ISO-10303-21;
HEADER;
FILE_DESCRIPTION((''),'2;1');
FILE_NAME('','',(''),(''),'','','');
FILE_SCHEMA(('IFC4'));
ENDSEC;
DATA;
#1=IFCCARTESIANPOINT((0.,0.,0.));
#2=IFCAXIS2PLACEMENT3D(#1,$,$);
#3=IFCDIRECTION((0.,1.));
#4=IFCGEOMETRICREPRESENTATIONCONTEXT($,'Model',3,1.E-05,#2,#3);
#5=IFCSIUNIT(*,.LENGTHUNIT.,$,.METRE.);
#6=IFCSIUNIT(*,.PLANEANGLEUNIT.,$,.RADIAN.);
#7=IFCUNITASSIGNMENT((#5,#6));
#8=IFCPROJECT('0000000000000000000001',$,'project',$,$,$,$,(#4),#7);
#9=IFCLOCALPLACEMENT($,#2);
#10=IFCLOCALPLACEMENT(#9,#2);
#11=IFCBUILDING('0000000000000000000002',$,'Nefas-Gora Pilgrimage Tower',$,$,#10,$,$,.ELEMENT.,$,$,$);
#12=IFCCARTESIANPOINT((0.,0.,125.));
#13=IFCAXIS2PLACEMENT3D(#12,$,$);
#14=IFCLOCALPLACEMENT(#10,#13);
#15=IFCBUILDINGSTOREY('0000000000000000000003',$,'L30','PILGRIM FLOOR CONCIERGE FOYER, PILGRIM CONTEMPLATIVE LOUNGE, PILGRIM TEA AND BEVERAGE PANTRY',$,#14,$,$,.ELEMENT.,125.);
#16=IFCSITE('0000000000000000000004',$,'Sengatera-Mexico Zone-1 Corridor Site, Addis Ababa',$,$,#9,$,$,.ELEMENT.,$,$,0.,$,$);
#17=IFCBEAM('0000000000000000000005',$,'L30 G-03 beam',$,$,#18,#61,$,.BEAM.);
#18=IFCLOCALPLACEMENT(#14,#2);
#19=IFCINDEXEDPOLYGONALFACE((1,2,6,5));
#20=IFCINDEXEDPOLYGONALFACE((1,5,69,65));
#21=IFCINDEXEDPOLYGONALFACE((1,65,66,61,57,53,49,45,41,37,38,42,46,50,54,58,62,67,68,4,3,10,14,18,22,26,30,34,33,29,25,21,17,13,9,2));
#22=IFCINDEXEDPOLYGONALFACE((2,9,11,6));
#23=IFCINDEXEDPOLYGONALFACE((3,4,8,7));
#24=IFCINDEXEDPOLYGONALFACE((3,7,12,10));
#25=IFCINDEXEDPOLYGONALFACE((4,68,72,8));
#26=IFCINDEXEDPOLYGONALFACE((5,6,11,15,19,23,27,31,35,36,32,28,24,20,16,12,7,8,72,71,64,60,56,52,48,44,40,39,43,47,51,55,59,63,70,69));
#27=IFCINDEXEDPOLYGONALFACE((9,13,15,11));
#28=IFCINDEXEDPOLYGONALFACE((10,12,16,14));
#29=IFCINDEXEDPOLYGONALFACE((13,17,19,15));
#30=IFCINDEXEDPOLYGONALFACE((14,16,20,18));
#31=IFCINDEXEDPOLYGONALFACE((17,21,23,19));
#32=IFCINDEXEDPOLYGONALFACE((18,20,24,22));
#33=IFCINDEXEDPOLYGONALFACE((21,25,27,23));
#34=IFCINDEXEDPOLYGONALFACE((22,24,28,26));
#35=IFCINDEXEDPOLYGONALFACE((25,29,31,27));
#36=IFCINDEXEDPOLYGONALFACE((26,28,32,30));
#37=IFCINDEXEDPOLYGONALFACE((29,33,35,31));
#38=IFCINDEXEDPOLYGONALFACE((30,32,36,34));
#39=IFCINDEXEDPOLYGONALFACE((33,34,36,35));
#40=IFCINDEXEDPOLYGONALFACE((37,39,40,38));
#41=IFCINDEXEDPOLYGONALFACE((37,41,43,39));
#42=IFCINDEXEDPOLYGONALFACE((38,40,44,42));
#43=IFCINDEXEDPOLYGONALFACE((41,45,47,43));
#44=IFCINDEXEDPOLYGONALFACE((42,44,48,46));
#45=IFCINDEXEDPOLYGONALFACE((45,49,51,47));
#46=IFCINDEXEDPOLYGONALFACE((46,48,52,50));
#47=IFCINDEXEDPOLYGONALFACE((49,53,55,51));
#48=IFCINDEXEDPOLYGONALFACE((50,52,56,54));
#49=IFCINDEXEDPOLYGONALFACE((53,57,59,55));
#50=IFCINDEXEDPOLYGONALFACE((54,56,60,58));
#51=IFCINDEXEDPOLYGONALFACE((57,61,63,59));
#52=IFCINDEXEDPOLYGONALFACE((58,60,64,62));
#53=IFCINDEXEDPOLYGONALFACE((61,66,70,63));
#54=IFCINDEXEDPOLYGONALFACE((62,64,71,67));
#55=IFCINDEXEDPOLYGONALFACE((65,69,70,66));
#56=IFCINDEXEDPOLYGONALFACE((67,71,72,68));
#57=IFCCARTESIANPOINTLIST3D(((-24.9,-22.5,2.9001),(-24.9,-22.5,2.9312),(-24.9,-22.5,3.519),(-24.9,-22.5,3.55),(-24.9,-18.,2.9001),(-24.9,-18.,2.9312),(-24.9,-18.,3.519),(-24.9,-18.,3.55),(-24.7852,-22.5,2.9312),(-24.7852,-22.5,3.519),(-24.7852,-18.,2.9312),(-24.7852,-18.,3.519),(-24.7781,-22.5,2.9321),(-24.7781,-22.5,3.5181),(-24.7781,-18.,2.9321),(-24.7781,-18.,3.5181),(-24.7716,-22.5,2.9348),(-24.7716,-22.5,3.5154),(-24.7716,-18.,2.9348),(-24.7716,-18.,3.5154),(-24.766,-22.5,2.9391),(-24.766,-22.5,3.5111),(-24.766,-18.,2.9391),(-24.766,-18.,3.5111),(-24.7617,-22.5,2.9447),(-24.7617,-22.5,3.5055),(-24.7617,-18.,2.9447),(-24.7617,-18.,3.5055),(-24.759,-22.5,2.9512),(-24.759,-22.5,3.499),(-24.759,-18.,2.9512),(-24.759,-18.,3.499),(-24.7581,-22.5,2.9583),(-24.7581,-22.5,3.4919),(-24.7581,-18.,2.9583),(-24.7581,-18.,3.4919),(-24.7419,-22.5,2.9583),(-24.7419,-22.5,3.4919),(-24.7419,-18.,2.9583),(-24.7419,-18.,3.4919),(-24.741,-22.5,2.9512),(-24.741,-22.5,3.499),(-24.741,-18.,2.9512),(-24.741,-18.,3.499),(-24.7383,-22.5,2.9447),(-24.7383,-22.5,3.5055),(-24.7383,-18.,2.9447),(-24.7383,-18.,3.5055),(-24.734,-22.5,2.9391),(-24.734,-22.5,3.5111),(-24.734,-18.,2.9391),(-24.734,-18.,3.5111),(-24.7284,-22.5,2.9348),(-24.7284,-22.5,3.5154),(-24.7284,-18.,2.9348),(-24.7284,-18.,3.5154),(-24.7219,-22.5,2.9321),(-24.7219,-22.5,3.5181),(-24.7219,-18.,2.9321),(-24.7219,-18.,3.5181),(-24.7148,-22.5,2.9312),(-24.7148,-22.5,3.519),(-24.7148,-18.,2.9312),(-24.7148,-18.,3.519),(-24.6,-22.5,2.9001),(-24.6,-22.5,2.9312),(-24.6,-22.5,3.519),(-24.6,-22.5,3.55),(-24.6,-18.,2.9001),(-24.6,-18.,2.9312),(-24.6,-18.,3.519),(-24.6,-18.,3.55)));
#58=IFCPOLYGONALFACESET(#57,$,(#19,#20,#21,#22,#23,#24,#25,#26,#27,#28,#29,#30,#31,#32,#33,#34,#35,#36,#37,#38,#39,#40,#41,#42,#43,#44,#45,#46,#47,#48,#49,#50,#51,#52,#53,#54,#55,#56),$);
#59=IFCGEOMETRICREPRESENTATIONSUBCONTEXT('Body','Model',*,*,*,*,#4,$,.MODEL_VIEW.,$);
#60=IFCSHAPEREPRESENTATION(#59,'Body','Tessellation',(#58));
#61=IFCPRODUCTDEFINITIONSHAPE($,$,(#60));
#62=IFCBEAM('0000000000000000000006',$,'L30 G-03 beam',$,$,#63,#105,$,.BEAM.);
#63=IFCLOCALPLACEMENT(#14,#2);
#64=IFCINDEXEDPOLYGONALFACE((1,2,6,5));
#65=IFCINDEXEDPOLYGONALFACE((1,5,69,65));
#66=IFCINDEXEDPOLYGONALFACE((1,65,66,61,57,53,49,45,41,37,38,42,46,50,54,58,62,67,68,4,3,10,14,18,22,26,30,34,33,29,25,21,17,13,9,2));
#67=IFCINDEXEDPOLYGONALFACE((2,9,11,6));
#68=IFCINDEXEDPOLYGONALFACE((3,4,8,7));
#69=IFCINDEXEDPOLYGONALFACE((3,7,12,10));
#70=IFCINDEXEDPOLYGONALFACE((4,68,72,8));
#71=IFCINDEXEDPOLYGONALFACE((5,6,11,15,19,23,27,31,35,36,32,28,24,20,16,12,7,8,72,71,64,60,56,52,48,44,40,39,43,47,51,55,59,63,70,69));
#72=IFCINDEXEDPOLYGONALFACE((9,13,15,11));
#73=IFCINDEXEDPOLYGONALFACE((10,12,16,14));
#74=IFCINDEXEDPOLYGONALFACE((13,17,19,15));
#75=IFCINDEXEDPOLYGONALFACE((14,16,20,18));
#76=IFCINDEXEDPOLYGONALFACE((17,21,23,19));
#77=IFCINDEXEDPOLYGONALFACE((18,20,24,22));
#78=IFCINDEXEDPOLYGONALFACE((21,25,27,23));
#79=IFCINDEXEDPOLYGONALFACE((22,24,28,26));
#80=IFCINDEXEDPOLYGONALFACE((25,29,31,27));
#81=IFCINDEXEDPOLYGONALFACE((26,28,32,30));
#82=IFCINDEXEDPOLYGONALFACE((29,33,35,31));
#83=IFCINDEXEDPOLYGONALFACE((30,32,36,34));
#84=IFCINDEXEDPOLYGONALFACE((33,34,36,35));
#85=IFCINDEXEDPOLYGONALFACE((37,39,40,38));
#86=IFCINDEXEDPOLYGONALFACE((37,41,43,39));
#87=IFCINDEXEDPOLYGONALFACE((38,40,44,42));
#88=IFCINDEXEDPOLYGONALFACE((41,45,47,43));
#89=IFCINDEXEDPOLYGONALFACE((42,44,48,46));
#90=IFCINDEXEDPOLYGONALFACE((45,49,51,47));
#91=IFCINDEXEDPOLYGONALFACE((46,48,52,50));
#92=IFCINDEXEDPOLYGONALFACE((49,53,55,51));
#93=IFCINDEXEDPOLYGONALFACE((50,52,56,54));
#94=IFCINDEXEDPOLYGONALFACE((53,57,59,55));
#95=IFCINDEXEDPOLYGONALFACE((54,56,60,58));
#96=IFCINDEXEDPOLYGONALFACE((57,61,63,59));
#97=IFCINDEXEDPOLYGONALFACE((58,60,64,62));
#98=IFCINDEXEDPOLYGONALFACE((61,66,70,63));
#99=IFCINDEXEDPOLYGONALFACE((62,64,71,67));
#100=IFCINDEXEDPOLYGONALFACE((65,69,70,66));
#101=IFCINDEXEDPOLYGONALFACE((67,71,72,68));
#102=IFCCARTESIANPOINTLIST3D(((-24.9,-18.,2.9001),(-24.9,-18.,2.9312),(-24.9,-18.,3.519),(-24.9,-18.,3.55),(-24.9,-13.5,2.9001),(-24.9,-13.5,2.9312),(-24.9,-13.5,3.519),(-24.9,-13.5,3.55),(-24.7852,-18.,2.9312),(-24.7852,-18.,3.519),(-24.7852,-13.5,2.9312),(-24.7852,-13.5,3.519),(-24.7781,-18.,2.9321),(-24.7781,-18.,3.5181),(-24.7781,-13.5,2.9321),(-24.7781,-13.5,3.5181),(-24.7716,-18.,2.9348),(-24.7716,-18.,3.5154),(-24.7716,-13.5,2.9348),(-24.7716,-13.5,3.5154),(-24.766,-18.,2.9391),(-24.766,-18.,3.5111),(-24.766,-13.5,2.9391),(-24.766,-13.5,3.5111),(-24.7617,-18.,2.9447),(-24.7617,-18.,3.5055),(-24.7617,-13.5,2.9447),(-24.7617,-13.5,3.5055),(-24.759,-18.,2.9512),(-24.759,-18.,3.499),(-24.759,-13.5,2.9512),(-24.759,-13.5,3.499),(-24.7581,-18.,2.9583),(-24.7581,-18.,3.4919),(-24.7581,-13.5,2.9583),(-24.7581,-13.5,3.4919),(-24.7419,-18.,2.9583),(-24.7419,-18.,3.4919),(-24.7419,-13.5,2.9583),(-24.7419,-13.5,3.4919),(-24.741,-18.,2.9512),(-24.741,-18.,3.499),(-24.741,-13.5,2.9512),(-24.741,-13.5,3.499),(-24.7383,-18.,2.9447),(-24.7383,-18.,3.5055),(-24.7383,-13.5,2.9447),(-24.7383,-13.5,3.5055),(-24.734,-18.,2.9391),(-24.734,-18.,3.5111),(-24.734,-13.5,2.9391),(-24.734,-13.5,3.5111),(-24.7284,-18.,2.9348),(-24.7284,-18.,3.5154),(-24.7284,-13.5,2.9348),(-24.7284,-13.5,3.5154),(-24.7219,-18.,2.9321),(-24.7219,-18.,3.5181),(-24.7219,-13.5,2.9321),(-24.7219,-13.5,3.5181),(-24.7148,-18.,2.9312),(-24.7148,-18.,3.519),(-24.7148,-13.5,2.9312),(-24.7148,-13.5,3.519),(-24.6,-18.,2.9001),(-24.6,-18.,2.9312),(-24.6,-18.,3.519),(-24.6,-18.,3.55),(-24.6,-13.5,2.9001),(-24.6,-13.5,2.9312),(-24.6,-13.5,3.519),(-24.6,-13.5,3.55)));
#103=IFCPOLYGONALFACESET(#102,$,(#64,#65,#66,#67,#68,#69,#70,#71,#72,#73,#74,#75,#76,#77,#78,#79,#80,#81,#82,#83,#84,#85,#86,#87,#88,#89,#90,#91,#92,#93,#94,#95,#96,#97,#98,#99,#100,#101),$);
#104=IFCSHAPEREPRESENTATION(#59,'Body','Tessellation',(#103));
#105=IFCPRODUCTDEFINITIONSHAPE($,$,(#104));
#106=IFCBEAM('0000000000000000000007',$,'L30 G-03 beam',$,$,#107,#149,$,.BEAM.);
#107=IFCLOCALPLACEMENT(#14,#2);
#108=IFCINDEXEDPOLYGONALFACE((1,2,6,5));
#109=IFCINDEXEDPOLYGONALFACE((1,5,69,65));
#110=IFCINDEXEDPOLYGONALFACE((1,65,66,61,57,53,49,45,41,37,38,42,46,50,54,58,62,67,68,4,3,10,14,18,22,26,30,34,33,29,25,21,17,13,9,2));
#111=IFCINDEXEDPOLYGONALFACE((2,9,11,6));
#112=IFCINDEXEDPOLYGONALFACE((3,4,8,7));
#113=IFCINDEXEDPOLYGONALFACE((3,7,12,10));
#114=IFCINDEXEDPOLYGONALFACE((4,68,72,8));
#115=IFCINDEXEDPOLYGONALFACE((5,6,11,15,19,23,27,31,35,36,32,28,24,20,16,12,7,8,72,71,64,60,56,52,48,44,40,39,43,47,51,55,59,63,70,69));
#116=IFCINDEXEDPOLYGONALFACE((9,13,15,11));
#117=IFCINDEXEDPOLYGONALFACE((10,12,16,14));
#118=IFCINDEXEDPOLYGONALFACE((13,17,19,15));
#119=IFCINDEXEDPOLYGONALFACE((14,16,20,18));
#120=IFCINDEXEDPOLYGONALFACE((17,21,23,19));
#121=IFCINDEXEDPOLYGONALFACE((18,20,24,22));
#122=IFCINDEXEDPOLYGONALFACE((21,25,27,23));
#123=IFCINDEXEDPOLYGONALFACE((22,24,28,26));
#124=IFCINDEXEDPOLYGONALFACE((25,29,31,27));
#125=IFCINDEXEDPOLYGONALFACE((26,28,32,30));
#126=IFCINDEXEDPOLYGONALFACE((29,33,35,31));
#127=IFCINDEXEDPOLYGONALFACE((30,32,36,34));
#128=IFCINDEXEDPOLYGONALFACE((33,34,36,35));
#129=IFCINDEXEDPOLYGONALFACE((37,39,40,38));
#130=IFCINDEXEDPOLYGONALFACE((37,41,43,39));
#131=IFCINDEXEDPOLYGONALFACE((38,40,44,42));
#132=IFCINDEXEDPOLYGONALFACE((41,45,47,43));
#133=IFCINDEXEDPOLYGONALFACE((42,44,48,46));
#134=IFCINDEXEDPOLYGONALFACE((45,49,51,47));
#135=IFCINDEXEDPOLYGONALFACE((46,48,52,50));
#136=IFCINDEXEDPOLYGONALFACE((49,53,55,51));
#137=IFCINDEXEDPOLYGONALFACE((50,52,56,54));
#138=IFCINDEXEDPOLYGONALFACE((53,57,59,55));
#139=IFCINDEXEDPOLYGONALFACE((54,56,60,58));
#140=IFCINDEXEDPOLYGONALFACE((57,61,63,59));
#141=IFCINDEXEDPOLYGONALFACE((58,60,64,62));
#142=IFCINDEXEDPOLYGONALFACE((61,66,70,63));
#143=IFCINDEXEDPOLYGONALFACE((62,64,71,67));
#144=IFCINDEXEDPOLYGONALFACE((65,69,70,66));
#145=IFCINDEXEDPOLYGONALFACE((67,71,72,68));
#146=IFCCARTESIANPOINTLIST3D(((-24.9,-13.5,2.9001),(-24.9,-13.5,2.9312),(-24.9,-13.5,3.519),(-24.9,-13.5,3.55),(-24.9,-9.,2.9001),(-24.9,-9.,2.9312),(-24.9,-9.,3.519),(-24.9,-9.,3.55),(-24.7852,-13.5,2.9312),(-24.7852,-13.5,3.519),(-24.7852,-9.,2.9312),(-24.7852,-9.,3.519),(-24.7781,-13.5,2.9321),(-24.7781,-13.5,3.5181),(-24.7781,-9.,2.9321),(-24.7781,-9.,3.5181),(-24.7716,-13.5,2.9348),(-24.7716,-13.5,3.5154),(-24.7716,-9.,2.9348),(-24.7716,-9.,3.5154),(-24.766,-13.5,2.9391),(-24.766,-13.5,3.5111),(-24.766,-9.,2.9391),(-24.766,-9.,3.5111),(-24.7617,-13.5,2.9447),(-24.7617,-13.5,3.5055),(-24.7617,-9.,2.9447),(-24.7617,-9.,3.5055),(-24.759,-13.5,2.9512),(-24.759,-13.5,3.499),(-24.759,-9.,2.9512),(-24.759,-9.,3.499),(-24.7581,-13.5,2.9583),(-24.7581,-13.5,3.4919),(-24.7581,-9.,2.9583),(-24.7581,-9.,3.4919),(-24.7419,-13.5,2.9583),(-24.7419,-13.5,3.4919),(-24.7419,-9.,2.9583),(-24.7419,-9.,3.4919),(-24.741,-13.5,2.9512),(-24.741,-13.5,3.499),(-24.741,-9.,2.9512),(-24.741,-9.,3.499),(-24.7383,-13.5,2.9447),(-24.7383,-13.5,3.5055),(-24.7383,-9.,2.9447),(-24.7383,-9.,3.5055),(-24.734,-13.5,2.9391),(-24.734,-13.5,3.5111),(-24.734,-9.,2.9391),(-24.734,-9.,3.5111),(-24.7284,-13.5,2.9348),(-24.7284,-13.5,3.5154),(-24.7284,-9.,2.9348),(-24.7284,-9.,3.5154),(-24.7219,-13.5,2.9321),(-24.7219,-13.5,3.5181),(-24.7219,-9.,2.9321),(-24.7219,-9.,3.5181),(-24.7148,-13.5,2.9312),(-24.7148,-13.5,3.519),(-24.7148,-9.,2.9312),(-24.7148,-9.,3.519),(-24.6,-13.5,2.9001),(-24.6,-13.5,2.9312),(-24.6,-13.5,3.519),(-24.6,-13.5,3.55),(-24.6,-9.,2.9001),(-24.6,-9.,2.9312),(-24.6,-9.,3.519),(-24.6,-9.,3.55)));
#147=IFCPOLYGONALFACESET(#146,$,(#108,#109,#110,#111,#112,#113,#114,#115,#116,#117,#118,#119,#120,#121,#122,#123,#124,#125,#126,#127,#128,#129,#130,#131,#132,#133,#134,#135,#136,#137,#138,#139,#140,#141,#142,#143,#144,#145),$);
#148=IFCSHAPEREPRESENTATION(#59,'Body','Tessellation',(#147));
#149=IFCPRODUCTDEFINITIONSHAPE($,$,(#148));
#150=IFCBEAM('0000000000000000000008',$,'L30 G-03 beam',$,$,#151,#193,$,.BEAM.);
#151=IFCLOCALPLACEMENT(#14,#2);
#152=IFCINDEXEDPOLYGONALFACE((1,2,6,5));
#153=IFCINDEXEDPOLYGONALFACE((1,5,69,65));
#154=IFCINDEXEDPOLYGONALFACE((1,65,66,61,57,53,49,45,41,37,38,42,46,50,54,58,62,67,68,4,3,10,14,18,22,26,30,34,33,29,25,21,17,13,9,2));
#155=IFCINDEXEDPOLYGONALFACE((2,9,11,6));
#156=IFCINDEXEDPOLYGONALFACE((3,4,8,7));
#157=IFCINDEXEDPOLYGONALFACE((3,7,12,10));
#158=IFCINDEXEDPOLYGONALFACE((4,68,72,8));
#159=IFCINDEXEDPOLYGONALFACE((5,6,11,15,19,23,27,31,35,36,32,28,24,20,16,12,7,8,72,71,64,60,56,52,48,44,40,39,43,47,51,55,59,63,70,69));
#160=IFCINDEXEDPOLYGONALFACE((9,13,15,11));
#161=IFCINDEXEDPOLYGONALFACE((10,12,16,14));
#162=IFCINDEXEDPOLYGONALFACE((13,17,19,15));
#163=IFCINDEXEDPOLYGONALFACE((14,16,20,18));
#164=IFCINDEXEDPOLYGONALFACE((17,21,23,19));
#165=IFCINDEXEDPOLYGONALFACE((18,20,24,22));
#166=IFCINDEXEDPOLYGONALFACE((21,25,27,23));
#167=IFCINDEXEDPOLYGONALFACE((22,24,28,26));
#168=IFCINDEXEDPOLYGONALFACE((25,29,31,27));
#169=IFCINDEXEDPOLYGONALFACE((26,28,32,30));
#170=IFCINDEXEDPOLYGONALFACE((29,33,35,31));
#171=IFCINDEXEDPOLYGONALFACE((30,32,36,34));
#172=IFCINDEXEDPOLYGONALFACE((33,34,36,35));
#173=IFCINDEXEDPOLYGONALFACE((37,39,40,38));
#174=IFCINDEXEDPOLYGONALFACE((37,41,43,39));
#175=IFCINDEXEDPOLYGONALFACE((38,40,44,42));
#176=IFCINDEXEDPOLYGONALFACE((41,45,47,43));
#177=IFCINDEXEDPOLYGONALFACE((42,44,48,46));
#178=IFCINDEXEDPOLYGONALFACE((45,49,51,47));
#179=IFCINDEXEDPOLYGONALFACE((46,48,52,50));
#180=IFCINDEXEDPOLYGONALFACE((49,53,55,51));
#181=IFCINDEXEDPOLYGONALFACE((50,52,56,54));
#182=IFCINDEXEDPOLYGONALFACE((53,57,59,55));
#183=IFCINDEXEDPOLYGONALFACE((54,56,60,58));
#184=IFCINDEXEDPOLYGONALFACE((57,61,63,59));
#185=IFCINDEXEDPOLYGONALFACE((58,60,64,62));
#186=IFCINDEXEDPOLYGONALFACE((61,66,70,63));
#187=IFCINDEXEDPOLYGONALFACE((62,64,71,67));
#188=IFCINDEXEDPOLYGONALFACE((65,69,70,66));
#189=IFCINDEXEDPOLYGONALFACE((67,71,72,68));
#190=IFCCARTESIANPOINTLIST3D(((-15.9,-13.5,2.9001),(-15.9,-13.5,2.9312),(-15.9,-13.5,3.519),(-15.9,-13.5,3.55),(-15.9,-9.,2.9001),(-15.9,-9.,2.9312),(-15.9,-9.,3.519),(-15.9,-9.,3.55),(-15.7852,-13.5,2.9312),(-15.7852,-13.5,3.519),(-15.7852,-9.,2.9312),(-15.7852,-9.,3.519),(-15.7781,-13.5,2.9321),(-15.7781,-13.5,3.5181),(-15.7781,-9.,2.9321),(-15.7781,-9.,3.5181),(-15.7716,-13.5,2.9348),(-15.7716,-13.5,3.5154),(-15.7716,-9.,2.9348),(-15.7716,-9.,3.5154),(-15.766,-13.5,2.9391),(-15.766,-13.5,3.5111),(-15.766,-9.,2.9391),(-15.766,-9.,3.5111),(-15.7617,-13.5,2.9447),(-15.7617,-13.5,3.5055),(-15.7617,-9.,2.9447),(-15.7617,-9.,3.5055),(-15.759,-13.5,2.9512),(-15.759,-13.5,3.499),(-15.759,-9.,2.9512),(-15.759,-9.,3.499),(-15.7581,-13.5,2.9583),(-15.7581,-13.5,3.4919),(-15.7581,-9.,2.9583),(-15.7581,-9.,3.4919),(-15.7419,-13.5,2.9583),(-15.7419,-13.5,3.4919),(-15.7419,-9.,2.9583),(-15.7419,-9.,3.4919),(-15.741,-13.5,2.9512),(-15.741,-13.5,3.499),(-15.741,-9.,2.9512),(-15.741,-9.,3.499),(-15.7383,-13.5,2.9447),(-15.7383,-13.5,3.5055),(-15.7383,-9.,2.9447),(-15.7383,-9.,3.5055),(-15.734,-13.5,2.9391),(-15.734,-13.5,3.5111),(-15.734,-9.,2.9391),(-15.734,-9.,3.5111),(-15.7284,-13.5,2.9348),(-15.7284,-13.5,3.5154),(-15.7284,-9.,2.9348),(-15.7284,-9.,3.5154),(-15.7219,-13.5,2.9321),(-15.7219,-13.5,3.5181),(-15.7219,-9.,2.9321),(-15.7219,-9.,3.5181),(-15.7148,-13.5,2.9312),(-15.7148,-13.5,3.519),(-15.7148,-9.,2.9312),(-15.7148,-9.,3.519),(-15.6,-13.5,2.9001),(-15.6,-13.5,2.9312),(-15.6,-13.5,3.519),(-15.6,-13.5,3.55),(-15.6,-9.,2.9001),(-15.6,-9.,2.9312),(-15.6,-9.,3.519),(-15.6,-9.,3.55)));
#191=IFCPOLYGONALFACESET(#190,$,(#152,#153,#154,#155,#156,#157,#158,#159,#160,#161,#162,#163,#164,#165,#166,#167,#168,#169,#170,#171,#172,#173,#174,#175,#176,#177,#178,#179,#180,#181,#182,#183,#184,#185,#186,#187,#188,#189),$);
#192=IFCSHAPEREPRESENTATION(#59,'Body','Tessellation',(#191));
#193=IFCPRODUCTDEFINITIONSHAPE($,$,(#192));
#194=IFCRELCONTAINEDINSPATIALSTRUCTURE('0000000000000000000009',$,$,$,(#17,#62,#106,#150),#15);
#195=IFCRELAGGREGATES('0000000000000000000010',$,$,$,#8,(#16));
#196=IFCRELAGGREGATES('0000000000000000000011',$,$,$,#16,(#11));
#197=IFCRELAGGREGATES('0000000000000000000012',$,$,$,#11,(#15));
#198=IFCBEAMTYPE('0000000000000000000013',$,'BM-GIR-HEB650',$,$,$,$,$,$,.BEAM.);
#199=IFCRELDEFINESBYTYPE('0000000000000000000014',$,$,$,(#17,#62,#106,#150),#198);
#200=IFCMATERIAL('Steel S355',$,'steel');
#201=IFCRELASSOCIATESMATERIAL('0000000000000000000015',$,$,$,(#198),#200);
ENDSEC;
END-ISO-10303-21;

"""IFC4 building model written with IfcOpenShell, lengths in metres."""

from ifc_helpers import new_model, si_unit, direction, frame, origin, origin_2d, place, context, subcontext, project, spatial, i_section, extrude, source, transform, mapped, material, material_profile, profile_set, type_object, element, save


model = new_model("IFC4")

# Units and contexts
model_context = context("Model", 3, precision=1e-05, world=origin(), true_north=direction((0.0, 1.0)))
body_context = subcontext(model_context, "Body", "Model", "MODEL_VIEW")
ifc_project = project(units=[si_unit("LENGTHUNIT", "METRE"), si_unit("PLANEANGLEUNIT", "RADIAN")], contexts=[model_context])

# Site, building, storey
site_placement = place(None, origin())
site = spatial("IfcSite", under=ifc_project, at=site_placement, Name="Sengatera-Mexico Zone-1 Corridor Site, Addis Ababa", CompositionType="ELEMENT", RefElevation=0.0)
building_placement = place(site_placement, origin())
building = spatial("IfcBuilding", under=site, at=building_placement, Name="Nefas-Gora Pilgrimage Tower", CompositionType="ELEMENT")
storey_placement = place(building_placement, frame((0.0, 0.0, 125.0)))
storey = spatial("IfcBuildingStorey", under=building, at=storey_placement, Name="L30", Description="PILGRIM FLOOR CONCIERGE FOYER, PILGRIM CONTEMPLATIVE LOUNGE, PILGRIM TEA AND BEVERAGE PANTRY", CompositionType="ELEMENT", Elevation=125.0)

# Beams
ifc_material_1 = material(Name="Steel S355", Category="steel")
ifc_material_profile_1 = material_profile(ifc_material_1, i_section(OverallWidth=0.3, OverallDepth=0.6499, WebThickness=0.0161, FlangeThickness=0.031, FilletRadius=0.0271, at=origin_2d()), Name="HEB 650")
ifc_profile_set_1 = profile_set([ifc_material_profile_1], Name="Steel S355")
beam_type_1 = type_object("IfcBeamType", Name="BM-GIR-HEB650", PredefinedType="BEAM", material=ifc_profile_set_1)
shared_shape_1 = source(origin(), body_context, "Body", "SweptSolid", [
    extrude(i_section(OverallWidth=0.3, OverallDepth=0.6499, WebThickness=0.0161, FlangeThickness=0.031, FilletRadius=0.0271, at=origin_2d()), origin(), (0.0, 0.0, 1.0), 4.5),
])
for number, where, z_axis, x_axis, name in (
    (1, (-24.75, -22.5, 3.2251), (0.0, 1.0, 0.0), (-1.0, 0.0, 0.0), "L30 G-03 beam"),
    (2, (-24.75, -18.0, 3.2251), (0.0, 1.0, 0.0), (-1.0, 0.0, 0.0), "L30 G-03 beam"),
    (3, (-24.75, -13.5, 3.2251), (0.0, 1.0, 0.0), (-1.0, 0.0, 0.0), "L30 G-03 beam"),
    (4, (-15.75, -13.5, 3.2251), (0.0, 1.0, 0.0), (-1.0, 0.0, 0.0), "L30 G-03 beam"),
):
    element("IfcBeam", number, at=place(storey_placement, frame(where, z_axis=z_axis, x_axis=x_axis)), inside=storey, type_object=beam_type_1, Name=name, PredefinedType="BEAM", context=body_context, shape_type="MappedRepresentation", body=[
        mapped(shared_shape_1, transform((0.0, 0.0, 0.0), x_axis=(1.0, 0.0, 0.0), y_axis=(0.0, 1.0, 0.0), z_axis=(0.0, 0.0, 1.0), scale=1.0)),
    ])

save(model, "model.ifc")
